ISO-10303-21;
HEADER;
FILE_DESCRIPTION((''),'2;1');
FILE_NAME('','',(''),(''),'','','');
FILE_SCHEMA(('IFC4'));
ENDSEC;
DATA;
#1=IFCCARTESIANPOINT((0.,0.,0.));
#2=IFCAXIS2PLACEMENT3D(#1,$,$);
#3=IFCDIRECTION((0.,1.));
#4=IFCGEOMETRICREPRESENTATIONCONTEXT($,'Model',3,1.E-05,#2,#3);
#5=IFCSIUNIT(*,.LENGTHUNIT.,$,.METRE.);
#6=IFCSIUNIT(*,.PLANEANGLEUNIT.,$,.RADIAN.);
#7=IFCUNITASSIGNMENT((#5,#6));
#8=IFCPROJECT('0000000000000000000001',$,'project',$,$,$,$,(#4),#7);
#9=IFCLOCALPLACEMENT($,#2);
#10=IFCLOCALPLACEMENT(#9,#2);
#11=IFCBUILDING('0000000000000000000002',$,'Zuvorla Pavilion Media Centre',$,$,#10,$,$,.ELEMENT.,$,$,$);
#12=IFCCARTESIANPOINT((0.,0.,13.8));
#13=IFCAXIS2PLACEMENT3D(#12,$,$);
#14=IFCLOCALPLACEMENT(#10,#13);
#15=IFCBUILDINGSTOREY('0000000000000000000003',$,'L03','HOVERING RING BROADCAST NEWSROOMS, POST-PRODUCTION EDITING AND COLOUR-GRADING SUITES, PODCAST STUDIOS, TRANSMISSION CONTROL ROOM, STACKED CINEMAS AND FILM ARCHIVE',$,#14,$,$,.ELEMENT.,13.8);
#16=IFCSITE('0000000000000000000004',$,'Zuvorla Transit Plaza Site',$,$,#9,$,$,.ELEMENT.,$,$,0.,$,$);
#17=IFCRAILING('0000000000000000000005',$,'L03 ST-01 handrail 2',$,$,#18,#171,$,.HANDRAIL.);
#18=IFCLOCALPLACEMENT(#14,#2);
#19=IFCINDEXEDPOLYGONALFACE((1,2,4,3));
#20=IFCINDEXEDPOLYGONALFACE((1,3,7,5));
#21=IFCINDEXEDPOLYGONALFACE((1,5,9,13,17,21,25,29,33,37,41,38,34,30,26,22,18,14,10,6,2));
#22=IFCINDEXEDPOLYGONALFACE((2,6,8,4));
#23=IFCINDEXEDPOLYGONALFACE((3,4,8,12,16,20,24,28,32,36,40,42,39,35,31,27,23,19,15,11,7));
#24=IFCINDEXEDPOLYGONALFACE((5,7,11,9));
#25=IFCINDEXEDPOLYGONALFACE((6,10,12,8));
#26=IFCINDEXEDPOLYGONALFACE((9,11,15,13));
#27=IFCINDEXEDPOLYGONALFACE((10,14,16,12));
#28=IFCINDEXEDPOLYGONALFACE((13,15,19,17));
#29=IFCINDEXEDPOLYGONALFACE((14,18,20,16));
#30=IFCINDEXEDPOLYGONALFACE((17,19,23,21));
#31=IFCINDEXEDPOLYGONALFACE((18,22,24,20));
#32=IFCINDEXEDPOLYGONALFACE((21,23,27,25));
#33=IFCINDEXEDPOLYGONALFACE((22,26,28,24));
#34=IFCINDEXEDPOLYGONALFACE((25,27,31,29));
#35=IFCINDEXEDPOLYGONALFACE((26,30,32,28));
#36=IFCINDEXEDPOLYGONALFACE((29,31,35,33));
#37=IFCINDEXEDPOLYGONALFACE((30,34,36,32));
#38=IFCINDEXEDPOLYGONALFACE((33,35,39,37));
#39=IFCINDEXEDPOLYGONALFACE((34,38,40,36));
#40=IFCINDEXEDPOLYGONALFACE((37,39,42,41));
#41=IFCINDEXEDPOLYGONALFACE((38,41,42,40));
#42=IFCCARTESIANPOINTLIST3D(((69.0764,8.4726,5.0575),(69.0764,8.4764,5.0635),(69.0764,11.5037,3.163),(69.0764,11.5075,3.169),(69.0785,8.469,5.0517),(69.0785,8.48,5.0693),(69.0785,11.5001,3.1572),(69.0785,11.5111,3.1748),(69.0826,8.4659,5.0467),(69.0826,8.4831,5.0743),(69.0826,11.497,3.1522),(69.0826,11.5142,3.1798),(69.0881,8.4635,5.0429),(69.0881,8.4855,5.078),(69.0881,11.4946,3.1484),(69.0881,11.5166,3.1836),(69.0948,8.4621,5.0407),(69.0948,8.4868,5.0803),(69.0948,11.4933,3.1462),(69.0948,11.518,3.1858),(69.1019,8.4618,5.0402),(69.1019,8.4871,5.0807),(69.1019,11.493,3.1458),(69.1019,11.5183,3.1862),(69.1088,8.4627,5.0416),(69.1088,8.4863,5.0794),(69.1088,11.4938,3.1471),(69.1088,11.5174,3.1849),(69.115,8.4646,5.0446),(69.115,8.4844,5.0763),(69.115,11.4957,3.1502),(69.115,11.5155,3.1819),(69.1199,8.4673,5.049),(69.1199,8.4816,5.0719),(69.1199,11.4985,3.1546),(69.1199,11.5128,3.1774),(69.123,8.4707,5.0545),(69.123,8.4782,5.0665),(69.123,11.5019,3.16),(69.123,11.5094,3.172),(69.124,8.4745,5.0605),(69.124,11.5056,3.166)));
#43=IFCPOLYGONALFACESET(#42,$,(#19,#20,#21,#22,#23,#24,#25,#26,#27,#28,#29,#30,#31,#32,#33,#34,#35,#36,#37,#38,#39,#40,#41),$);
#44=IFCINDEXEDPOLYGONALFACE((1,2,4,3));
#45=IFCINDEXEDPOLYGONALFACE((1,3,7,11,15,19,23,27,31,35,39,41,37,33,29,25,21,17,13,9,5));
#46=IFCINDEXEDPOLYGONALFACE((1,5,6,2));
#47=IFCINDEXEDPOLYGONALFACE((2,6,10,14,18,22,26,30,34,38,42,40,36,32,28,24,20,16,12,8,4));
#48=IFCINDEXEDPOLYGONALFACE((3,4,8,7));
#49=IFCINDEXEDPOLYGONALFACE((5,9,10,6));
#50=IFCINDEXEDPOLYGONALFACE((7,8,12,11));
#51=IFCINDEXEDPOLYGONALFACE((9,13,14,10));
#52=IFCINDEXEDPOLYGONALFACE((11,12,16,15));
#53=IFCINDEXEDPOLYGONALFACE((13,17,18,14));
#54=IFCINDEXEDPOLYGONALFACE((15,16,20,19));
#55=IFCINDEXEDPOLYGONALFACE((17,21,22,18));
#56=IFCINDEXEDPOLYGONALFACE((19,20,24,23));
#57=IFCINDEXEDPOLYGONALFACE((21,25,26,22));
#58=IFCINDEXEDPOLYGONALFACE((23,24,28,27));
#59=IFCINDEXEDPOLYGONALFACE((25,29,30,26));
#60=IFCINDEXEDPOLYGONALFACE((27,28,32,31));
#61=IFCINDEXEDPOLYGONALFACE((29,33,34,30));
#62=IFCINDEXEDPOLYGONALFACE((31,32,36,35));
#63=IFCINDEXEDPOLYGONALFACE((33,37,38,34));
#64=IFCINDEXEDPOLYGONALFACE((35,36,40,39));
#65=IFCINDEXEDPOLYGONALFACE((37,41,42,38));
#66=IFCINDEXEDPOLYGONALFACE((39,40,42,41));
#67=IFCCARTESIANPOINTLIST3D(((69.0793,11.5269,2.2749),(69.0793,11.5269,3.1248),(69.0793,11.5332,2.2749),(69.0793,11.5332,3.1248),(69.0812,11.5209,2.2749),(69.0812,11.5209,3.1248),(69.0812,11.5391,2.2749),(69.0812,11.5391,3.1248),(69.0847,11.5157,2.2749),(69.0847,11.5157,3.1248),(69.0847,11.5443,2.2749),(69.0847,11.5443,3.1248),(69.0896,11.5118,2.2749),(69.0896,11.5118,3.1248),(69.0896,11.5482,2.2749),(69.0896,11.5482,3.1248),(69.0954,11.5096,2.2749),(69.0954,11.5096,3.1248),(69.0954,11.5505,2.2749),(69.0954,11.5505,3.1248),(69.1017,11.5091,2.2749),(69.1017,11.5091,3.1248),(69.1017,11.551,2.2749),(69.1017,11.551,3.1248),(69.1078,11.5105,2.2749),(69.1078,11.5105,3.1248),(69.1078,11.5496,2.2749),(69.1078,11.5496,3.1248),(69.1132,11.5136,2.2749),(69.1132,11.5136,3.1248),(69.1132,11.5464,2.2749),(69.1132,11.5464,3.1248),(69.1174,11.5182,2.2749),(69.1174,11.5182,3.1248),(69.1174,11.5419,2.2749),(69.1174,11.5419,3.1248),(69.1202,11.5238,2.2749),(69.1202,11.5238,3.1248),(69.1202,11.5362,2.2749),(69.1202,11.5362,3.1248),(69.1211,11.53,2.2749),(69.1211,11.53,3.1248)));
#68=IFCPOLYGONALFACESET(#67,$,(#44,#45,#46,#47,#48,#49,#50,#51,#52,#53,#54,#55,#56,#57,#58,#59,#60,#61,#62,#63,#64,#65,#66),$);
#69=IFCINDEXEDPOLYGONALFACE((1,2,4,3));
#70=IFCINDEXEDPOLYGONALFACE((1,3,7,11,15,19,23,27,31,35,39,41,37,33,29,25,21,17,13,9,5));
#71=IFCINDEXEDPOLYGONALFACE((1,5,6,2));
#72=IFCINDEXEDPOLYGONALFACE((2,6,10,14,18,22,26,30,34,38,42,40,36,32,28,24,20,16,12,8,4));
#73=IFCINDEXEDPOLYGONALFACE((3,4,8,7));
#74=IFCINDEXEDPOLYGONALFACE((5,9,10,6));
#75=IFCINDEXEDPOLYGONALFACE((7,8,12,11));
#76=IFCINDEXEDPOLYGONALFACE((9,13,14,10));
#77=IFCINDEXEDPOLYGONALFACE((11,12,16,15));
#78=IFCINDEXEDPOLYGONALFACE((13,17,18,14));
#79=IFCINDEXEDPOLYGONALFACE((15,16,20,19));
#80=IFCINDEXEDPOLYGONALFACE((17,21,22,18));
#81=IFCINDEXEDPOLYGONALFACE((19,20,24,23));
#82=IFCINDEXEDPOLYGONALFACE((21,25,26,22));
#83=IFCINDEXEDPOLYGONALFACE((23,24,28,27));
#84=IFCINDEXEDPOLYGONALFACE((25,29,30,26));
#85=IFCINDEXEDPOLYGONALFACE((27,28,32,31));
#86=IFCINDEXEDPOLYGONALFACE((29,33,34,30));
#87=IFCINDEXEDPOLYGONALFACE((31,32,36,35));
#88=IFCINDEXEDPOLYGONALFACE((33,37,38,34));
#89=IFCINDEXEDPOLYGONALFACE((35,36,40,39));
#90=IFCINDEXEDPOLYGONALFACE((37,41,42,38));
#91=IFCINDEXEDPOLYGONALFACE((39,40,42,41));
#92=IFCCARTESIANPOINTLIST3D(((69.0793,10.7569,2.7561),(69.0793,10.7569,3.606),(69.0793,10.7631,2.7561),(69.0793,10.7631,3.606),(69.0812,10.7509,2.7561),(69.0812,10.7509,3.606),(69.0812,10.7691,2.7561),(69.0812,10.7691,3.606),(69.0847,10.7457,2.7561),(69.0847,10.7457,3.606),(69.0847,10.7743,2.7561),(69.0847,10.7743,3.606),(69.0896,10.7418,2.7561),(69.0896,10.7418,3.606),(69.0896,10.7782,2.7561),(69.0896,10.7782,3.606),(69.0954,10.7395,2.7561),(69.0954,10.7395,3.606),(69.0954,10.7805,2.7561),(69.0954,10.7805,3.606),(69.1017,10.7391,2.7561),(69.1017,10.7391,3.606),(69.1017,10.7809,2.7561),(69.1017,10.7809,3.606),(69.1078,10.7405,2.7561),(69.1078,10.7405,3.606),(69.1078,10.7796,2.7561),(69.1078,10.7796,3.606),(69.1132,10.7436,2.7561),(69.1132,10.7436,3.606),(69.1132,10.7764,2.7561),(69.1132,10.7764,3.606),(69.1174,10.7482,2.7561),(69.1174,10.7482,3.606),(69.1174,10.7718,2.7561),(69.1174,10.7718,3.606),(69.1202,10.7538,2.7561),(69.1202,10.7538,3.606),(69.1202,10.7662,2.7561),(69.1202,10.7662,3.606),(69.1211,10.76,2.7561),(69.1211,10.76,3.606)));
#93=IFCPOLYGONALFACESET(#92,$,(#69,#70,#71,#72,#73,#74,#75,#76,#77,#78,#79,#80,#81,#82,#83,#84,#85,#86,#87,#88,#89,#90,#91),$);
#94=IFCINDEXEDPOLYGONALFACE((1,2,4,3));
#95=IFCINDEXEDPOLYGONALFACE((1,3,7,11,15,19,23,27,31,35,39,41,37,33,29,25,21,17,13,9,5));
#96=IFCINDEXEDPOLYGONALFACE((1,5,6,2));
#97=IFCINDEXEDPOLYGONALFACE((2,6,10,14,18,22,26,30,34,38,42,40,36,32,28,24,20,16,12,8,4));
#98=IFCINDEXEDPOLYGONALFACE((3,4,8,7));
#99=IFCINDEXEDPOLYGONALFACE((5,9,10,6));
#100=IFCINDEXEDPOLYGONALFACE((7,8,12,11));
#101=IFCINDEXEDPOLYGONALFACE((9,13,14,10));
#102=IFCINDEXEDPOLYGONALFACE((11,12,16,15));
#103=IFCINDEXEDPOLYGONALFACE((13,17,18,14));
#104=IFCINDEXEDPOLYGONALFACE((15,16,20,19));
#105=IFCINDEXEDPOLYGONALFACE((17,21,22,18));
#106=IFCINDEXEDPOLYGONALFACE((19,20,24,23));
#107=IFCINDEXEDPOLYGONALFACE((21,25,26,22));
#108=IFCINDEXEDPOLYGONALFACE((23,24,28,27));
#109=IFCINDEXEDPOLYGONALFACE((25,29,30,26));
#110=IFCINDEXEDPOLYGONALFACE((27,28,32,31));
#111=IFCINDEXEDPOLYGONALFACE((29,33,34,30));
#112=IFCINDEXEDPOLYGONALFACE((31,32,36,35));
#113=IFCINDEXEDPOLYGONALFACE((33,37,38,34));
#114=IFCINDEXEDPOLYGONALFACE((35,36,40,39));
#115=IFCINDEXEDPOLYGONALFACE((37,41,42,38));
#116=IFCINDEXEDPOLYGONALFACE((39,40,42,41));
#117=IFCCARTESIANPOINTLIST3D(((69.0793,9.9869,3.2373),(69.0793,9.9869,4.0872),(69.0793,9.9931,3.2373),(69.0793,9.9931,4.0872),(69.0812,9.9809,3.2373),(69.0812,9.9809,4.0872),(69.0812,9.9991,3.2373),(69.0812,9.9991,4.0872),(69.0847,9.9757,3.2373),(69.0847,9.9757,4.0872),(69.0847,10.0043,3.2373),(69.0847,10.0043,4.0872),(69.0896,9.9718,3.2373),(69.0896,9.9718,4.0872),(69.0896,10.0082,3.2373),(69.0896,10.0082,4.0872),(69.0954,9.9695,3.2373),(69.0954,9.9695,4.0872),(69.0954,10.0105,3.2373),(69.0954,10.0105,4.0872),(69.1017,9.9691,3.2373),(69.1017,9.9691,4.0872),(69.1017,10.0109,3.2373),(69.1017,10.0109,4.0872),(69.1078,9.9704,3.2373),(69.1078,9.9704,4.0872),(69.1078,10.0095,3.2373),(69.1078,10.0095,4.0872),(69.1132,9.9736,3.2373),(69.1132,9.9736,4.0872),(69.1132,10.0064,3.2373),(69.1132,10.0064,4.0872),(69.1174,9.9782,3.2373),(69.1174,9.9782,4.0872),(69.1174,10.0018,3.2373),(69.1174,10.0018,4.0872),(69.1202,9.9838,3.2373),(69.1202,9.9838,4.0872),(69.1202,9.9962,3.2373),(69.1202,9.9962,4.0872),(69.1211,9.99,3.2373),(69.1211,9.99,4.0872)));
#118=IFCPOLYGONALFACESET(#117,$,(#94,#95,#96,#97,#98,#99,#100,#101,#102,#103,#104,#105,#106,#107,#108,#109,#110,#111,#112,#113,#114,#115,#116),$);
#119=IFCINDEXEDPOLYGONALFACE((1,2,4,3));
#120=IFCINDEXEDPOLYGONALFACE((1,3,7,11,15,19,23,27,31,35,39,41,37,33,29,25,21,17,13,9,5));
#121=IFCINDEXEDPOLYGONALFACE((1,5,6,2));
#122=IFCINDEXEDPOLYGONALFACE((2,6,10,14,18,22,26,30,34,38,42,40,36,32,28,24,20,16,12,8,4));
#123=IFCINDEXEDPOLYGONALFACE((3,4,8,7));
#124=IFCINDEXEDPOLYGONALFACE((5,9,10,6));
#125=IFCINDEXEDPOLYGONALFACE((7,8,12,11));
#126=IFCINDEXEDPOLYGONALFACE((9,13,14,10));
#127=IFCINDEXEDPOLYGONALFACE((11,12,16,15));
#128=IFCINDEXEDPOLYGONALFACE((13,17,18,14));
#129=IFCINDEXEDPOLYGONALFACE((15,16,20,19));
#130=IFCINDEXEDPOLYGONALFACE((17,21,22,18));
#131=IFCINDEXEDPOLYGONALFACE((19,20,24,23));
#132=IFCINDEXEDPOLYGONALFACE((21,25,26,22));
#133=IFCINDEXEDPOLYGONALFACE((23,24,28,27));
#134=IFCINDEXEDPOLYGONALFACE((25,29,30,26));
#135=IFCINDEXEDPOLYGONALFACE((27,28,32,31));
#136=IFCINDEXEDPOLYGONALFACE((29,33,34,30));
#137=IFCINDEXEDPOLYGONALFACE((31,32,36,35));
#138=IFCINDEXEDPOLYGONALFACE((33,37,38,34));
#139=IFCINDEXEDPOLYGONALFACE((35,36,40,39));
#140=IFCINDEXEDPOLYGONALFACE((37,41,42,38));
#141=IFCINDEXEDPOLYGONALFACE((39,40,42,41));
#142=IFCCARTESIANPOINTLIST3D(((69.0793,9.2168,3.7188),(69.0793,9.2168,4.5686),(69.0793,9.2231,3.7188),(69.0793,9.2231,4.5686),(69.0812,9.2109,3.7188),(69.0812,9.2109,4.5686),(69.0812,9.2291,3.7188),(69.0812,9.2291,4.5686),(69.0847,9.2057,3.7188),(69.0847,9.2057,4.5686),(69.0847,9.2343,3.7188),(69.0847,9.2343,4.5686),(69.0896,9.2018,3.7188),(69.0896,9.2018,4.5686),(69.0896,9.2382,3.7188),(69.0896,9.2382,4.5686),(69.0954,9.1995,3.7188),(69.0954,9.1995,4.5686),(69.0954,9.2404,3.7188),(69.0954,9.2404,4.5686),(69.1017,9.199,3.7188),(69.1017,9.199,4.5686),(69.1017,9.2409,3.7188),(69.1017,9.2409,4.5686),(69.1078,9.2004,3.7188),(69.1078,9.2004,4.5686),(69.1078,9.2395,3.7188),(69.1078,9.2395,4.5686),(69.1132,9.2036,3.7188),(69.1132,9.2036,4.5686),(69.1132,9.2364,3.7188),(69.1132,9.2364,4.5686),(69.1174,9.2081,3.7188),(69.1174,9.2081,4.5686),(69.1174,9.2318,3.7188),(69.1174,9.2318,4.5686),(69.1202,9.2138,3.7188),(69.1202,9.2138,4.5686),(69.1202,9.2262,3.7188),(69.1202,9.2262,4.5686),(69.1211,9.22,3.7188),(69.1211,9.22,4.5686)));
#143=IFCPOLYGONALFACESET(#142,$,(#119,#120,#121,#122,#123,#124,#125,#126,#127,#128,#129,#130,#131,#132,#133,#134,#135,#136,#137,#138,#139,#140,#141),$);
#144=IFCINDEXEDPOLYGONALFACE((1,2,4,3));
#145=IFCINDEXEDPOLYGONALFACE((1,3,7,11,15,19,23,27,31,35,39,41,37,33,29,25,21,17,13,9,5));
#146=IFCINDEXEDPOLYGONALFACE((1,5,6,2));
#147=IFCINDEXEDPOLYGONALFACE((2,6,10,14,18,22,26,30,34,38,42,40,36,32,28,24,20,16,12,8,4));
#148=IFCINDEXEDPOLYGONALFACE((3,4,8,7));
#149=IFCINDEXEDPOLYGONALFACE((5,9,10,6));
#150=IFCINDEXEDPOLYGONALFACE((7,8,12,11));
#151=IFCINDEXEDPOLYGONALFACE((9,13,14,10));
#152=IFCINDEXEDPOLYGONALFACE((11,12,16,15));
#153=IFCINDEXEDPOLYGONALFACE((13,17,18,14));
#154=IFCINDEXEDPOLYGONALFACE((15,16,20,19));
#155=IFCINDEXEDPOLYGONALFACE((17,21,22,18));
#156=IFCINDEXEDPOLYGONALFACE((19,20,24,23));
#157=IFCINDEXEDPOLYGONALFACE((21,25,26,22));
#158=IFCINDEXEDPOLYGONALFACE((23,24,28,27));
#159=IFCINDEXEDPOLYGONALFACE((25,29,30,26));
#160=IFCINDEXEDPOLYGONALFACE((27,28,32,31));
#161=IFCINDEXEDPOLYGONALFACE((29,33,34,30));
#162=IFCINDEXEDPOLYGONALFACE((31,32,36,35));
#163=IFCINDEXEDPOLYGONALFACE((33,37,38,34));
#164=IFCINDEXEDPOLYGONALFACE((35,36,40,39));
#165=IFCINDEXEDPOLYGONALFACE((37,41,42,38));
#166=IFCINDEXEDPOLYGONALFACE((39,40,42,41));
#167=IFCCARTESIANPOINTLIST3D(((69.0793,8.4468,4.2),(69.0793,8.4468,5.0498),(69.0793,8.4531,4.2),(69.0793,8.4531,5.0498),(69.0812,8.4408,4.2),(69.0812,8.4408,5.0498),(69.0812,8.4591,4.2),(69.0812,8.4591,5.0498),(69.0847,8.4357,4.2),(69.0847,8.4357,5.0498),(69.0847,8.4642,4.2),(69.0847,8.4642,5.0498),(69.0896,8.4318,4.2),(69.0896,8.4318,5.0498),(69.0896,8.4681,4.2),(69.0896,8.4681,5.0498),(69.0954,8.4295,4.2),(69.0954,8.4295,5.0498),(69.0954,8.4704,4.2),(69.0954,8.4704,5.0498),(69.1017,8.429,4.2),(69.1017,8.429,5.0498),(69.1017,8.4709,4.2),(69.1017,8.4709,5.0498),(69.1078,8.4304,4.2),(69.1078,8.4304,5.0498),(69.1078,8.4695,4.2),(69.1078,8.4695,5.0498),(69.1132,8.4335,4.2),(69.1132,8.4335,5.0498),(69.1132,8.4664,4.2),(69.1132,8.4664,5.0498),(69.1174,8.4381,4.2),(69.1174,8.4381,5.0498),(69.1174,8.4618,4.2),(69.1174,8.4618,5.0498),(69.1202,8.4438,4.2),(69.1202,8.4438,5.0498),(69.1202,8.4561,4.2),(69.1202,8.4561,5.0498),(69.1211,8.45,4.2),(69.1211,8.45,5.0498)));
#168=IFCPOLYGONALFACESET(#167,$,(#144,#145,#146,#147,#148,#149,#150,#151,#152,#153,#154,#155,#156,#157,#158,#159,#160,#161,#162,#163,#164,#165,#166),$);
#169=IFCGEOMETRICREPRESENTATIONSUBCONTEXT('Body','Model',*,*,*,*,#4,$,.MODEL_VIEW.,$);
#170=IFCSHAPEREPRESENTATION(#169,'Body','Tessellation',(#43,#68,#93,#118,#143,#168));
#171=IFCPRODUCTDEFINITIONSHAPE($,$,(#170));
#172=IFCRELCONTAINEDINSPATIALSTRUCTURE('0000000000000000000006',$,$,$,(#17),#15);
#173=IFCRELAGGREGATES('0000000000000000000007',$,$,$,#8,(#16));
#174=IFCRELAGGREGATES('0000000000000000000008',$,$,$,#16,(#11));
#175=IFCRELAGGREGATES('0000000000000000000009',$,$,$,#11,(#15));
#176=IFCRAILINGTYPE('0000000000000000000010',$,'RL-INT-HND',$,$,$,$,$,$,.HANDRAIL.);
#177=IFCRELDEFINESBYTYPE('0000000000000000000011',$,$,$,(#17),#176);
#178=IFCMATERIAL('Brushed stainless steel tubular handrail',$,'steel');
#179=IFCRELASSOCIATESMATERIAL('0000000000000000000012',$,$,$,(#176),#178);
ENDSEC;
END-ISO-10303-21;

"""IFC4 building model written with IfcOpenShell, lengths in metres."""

from ifc_helpers import new_model, si_unit, direction, frame, origin, origin_2d, place, context, subcontext, project, spatial, circle, extrude, material, type_object, element, save


model = new_model("IFC4")

# Units and contexts
model_context = context("Model", 3, precision=1e-05, world=origin(), true_north=direction((0.0, 1.0)))
body_context = subcontext(model_context, "Body", "Model", "MODEL_VIEW")
ifc_project = project(units=[si_unit("LENGTHUNIT", "METRE"), si_unit("PLANEANGLEUNIT", "RADIAN")], contexts=[model_context])

# Site, building, storey
site_placement = place(None, origin())
site = spatial("IfcSite", under=ifc_project, at=site_placement, Name="Zuvorla Transit Plaza Site", CompositionType="ELEMENT", RefElevation=0.0)
building_placement = place(site_placement, origin())
building = spatial("IfcBuilding", under=site, at=building_placement, Name="Zuvorla Pavilion Media Centre", CompositionType="ELEMENT")
storey_placement = place(building_placement, frame((0.0, 0.0, 13.8)))
storey = spatial("IfcBuildingStorey", under=building, at=storey_placement, Name="L03", Description="HOVERING RING BROADCAST NEWSROOMS, POST-PRODUCTION EDITING AND COLOUR-GRADING SUITES, PODCAST STUDIOS, TRANSMISSION CONTROL ROOM, STACKED CINEMAS AND FILM ARCHIVE", CompositionType="ELEMENT", Elevation=13.8)

# Railing
ifc_material_1 = material(Name="Brushed stainless steel tubular handrail", Category="steel")
railing_type_1 = type_object("IfcRailingType", Name="RL-INT-HND", PredefinedType="HANDRAIL", material=ifc_material_1)
railing_1_placement = place(storey_placement, frame((69.1001, 11.53, 2.2749)))
element("IfcRailing", 1, at=railing_1_placement, inside=storey, type_object=railing_type_1, Name="L03 ST-01 handrail 2", PredefinedType="HANDRAIL", context=body_context, shape_type="SweptSolid", body=[
    extrude(circle(Radius=0.0239, at=origin_2d()), frame((0.0, -0.0244, 0.8911), z_axis=(0.0, -0.847998, 0.529999), x_axis=(1.0, 0.0, 0.0)), (0.0, 0.0, 1.0), 3.5745),
    extrude(circle(Radius=0.021, at=origin_2d()), origin(), (0.0, 0.0, 1.0), 0.8499),
    extrude(circle(Radius=0.021, at=origin_2d()), frame((0.0, -0.77, 0.4812)), (0.0, 0.0, 1.0), 0.8499),
    extrude(circle(Radius=0.021, at=origin_2d()), frame((0.0, -1.54, 0.9624)), (0.0, 0.0, 1.0), 0.8499),
    extrude(circle(Radius=0.021, at=origin_2d()), frame((0.0, -2.3101, 1.4438)), (0.0, 0.0, 1.0), 0.8499),
    extrude(circle(Radius=0.021, at=origin_2d()), frame((0.0, -3.0801, 1.925)), (0.0, 0.0, 1.0), 0.8499),
])

save(model, "model.ifc")
